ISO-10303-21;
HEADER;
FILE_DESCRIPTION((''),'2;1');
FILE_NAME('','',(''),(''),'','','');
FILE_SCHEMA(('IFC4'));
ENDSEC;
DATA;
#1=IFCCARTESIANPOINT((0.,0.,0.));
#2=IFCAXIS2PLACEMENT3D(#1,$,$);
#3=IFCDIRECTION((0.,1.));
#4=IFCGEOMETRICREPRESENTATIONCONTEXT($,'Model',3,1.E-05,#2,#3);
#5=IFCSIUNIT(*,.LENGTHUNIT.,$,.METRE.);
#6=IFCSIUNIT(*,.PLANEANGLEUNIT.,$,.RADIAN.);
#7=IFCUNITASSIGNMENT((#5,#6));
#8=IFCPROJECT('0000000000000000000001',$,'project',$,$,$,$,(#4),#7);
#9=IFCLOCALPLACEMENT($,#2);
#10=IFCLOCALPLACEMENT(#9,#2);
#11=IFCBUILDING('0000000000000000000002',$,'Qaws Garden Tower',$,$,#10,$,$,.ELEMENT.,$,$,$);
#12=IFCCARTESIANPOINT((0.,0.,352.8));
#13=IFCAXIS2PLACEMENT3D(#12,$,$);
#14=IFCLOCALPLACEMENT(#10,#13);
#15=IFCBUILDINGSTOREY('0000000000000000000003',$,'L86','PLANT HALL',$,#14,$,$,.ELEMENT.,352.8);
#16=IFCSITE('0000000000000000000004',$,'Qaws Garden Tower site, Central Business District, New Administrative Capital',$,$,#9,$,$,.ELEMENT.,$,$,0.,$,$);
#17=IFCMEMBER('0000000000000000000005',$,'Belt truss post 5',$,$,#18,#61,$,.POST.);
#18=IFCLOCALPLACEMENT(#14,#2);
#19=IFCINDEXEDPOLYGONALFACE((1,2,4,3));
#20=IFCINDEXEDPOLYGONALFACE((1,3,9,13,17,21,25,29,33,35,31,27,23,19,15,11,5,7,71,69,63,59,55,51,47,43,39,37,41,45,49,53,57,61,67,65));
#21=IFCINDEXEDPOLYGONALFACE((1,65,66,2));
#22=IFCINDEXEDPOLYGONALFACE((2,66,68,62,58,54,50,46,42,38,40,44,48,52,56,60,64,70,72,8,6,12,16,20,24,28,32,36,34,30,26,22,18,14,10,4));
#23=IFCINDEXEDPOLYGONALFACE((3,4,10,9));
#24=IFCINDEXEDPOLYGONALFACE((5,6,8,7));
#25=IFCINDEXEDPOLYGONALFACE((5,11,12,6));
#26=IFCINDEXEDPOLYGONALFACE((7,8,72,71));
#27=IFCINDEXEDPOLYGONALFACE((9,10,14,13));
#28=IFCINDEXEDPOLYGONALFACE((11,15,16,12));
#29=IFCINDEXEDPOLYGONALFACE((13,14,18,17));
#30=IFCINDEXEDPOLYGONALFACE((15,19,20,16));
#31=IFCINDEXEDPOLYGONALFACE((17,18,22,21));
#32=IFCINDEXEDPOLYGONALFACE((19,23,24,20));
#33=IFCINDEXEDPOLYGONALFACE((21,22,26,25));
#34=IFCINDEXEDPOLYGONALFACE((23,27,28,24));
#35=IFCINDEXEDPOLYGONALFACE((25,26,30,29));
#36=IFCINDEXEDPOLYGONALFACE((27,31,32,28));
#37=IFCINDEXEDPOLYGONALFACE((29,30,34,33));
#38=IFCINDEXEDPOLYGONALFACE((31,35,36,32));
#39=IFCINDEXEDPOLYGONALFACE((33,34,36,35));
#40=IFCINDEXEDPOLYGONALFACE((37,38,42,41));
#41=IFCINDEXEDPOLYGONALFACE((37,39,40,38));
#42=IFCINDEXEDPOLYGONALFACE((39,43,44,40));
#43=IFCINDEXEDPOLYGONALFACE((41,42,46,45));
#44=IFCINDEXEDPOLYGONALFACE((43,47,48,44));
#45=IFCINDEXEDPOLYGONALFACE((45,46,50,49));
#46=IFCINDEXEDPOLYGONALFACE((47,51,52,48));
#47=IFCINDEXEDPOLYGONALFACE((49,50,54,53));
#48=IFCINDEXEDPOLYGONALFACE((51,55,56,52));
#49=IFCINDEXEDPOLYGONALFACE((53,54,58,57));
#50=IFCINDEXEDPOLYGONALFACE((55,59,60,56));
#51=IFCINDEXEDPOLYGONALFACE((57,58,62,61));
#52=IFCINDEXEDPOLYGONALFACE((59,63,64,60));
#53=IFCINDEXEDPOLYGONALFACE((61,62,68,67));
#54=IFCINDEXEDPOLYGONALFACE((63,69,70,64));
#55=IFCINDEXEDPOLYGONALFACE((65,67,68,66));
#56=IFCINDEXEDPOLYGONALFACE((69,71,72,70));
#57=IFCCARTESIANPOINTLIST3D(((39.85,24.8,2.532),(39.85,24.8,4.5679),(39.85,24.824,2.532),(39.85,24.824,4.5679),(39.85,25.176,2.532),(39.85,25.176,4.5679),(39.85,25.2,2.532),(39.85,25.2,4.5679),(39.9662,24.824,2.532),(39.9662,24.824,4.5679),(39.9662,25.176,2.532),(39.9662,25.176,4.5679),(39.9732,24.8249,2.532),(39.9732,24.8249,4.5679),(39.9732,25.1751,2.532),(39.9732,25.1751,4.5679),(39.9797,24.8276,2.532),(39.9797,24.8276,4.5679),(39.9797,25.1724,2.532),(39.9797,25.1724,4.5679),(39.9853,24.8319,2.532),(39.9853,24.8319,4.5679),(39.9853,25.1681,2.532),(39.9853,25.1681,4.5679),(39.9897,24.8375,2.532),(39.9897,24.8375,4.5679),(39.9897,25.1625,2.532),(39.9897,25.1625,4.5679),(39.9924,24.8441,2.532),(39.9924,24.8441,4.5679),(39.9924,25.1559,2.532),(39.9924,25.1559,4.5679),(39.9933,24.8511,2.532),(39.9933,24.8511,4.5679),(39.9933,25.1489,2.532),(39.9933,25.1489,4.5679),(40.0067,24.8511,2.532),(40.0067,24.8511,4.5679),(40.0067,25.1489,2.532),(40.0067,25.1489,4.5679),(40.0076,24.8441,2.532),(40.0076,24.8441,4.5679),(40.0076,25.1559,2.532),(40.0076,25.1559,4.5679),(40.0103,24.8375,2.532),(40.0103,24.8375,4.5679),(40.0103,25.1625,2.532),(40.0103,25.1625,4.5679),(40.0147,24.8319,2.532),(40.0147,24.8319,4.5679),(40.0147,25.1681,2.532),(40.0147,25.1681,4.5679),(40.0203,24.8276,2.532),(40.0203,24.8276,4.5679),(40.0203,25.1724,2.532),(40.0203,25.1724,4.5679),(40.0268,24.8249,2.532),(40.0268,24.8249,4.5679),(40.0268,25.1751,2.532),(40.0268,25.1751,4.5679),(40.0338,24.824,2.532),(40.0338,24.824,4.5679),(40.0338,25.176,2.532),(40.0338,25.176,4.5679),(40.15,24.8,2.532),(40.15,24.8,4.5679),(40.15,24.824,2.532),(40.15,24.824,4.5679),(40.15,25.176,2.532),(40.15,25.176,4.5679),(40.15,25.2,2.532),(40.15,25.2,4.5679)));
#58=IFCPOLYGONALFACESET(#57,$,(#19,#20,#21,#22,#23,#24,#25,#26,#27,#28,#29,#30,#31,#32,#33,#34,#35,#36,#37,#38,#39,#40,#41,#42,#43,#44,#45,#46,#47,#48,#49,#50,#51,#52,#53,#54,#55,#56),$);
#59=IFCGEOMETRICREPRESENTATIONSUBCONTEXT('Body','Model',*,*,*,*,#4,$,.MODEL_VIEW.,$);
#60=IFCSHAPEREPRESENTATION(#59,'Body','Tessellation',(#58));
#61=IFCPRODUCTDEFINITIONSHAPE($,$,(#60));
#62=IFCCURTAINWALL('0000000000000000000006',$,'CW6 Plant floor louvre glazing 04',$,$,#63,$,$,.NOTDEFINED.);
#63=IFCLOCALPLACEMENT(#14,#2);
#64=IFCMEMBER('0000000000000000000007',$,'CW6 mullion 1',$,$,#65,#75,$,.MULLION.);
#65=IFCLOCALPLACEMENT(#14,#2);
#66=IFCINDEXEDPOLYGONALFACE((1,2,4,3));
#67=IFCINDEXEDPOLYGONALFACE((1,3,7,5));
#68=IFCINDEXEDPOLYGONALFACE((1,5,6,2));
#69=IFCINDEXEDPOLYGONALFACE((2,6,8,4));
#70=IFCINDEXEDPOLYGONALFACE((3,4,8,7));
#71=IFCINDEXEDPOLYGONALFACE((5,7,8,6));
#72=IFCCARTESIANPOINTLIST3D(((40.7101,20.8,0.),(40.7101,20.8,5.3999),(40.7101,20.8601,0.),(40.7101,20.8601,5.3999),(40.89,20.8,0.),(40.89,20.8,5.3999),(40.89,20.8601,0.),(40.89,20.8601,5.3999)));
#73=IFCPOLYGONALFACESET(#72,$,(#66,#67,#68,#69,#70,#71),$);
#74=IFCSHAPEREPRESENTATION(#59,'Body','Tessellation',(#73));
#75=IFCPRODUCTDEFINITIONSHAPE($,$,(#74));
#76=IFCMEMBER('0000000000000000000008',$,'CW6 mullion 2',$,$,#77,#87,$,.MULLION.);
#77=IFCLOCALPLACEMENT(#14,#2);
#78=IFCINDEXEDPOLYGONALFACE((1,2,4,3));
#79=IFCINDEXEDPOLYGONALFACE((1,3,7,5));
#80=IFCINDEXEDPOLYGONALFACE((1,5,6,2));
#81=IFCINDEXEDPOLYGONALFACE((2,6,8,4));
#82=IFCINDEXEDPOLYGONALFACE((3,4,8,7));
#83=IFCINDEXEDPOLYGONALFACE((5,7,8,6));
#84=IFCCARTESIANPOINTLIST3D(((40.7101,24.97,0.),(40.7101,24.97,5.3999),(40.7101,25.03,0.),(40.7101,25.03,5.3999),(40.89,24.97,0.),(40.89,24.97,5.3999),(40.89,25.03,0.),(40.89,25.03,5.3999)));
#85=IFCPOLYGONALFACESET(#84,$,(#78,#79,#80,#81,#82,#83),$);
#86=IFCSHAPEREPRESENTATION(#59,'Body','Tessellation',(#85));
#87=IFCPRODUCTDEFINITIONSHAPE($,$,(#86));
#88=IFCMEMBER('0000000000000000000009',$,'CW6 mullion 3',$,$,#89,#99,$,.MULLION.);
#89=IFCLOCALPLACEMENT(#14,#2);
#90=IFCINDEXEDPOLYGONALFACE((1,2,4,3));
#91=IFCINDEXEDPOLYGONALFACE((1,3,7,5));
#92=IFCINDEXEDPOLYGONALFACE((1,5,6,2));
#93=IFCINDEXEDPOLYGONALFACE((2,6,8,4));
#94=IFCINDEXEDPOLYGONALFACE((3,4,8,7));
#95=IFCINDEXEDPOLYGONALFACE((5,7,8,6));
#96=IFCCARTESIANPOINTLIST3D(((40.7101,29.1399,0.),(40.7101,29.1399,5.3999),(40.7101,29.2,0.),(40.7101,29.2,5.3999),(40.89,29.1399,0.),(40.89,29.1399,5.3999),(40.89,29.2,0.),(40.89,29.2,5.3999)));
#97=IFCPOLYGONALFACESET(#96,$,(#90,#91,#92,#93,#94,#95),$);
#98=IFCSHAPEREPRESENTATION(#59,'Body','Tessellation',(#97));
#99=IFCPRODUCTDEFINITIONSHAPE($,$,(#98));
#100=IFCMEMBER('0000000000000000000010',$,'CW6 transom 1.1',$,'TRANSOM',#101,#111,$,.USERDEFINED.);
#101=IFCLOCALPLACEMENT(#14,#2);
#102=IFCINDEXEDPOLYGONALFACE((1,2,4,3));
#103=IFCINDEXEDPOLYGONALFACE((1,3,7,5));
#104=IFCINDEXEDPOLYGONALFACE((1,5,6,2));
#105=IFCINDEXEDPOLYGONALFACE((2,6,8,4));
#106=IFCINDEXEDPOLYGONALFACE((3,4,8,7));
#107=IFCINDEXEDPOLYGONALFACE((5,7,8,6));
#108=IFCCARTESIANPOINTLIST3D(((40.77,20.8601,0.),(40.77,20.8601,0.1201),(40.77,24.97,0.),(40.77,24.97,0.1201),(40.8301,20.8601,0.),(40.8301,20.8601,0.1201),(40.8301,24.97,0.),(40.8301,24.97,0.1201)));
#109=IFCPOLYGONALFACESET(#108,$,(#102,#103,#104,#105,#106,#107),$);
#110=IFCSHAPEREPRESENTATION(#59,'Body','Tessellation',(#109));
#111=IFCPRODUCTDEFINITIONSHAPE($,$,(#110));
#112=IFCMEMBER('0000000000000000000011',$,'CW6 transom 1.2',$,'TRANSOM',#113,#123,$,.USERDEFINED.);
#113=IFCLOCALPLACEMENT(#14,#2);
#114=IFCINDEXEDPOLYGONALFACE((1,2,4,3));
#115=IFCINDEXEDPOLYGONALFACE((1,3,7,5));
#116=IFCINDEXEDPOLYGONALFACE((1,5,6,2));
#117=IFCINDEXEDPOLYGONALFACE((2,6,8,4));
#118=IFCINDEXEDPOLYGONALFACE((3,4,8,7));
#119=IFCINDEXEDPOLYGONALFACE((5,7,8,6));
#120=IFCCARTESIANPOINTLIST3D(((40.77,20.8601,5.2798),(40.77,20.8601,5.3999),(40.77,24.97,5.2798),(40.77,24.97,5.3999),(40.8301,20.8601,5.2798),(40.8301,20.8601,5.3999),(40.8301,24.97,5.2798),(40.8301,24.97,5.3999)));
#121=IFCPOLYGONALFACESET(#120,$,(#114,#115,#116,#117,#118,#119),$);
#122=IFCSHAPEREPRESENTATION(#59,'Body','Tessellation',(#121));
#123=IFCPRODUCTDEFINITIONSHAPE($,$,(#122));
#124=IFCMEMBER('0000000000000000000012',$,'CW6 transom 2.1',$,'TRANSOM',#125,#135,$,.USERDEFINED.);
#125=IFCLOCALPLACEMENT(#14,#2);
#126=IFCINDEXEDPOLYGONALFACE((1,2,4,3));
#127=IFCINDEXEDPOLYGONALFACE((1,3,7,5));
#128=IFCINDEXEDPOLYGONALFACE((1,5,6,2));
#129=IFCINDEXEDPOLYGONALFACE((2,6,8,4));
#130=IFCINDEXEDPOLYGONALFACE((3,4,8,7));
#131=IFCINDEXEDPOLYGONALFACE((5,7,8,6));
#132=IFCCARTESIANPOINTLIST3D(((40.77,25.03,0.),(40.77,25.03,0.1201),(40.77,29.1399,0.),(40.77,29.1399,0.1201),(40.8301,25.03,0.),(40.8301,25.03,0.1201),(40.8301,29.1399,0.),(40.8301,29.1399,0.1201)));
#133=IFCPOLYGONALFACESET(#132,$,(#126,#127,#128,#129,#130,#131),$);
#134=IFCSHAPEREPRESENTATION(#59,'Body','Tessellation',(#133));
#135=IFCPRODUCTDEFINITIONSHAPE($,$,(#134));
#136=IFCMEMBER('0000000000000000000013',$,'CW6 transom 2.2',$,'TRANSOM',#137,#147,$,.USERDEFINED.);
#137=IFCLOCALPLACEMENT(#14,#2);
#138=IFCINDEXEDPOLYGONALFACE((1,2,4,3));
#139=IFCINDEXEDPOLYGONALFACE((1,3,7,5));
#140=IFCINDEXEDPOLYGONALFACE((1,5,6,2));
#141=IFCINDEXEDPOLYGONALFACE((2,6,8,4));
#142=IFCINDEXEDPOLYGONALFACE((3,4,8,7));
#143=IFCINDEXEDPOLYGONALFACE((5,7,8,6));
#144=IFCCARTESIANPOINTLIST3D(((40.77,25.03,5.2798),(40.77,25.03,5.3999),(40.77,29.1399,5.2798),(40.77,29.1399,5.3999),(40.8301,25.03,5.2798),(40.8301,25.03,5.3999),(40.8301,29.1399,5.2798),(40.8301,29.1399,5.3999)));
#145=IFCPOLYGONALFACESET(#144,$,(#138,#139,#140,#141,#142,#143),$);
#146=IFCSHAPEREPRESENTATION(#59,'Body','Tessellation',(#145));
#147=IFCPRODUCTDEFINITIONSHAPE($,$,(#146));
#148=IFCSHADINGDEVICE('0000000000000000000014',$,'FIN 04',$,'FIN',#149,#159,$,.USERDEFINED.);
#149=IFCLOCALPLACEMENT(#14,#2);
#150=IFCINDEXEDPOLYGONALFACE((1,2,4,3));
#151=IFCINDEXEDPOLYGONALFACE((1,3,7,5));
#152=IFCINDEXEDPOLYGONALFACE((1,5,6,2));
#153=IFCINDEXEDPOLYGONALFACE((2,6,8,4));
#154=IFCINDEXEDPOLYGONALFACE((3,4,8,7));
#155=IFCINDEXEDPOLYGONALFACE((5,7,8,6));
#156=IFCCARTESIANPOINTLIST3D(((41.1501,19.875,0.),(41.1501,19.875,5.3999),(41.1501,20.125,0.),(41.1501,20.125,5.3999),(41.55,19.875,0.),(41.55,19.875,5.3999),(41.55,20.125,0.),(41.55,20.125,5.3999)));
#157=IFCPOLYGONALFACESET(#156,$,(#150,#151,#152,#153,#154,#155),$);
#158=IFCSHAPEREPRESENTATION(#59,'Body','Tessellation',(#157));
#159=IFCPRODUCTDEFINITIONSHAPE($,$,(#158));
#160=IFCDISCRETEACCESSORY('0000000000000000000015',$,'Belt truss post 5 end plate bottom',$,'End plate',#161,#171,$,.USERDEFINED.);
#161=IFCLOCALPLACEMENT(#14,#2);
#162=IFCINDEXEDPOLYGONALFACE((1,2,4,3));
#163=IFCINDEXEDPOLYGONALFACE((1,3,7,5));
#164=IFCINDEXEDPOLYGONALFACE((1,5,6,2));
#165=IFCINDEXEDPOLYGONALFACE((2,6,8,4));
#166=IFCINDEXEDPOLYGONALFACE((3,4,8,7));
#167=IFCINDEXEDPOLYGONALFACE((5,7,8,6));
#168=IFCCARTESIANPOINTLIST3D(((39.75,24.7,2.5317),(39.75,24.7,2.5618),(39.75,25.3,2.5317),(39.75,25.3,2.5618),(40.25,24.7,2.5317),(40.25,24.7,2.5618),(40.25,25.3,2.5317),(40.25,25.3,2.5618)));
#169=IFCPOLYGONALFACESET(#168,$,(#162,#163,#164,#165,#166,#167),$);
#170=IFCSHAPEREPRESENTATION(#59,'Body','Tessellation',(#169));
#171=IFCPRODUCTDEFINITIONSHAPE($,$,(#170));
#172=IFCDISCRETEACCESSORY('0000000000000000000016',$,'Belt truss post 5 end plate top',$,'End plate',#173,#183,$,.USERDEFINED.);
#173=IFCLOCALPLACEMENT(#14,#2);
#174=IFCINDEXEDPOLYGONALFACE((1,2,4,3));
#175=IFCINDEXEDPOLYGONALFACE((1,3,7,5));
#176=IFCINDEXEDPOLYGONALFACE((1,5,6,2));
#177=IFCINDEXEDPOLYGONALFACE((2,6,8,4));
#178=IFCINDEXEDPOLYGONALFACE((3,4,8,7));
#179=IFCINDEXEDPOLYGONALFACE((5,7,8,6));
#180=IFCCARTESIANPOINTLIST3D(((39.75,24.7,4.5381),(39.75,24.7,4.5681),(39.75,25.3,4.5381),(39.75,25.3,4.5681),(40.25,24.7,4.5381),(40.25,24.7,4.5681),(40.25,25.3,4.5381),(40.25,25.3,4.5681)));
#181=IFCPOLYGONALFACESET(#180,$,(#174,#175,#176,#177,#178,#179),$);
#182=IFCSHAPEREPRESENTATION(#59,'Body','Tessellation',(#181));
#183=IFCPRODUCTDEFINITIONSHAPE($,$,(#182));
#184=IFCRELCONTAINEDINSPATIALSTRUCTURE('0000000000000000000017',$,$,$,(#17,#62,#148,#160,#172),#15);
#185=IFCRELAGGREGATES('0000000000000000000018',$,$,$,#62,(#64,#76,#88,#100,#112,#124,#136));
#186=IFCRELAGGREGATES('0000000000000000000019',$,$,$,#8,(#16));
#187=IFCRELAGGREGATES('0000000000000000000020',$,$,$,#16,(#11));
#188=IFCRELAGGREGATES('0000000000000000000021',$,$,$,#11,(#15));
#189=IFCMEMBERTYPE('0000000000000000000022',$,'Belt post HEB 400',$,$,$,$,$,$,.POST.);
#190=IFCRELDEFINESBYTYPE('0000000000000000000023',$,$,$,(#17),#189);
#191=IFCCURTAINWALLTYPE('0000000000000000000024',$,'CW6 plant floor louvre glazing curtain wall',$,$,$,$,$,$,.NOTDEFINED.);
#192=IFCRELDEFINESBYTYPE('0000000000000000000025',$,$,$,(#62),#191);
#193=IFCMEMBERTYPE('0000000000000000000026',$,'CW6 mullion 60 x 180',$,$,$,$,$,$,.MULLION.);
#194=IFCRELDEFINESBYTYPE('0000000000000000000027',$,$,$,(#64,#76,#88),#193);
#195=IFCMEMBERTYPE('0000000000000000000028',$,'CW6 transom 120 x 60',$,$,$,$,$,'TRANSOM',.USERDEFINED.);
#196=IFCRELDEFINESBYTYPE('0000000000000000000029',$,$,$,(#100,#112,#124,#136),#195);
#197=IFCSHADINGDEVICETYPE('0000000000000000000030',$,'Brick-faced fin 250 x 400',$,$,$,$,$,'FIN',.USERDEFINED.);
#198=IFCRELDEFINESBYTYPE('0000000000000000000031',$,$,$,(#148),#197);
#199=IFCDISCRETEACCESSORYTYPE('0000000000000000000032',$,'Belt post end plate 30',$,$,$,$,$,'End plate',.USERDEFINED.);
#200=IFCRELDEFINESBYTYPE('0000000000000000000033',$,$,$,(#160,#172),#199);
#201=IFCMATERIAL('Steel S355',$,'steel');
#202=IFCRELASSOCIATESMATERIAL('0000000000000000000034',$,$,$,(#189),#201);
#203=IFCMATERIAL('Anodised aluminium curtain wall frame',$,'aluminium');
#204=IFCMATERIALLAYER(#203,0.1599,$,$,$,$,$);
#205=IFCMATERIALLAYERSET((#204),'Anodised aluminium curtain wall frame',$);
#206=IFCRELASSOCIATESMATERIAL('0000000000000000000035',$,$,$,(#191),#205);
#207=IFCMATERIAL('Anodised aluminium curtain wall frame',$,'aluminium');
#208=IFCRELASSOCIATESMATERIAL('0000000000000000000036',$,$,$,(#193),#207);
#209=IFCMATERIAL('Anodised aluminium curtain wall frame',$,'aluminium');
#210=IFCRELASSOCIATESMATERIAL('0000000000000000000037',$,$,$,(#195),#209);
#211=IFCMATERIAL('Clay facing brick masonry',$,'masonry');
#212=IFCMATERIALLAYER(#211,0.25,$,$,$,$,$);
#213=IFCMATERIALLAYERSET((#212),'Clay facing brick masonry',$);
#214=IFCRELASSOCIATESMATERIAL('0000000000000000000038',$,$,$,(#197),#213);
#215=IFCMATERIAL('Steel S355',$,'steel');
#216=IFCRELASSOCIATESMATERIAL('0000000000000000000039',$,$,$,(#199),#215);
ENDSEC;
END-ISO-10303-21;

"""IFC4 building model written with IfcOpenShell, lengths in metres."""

from ifc_helpers import new_model, si_unit, direction, frame, origin, origin_2d, place, context, subcontext, project, spatial, rectangle, i_section, extrude, material, layer, layer_set, material_profile, profile_set, type_object, element, aggregate, save


model = new_model("IFC4")

# Units and contexts
model_context = context("Model", 3, precision=1e-05, world=origin(), true_north=direction((0.0, 1.0)))
body_context = subcontext(model_context, "Body", "Model", "MODEL_VIEW")
ifc_project = project(units=[si_unit("LENGTHUNIT", "METRE"), si_unit("PLANEANGLEUNIT", "RADIAN")], contexts=[model_context])

# Site, building, storey
site_placement = place(None, origin())
site = spatial("IfcSite", under=ifc_project, at=site_placement, Name="Qaws Garden Tower site, Central Business District, New Administrative Capital", CompositionType="ELEMENT", RefElevation=0.0)
building_placement = place(site_placement, origin())
building = spatial("IfcBuilding", under=site, at=building_placement, Name="Qaws Garden Tower", CompositionType="ELEMENT")
storey_placement = place(building_placement, frame((0.0, 0.0, 352.8)))
storey = spatial("IfcBuildingStorey", under=building, at=storey_placement, Name="L86", Description="PLANT HALL", CompositionType="ELEMENT", Elevation=352.8)

# Member
ifc_material_1 = material(Name="Steel S355", Category="steel")
ifc_material_profile_1 = material_profile(ifc_material_1, i_section(OverallWidth=0.3, OverallDepth=0.3999, WebThickness=0.0134, FlangeThickness=0.0239, FilletRadius=0.0271, at=origin_2d()), Name="HEB 400")
ifc_profile_set_1 = profile_set([ifc_material_profile_1], Name="Steel S355")
member_type_1 = type_object("IfcMemberType", Name="Belt post HEB 400", PredefinedType="POST", material=ifc_profile_set_1)
member_1_placement = place(storey_placement, frame((40.0, 25.0, 2.532), z_axis=(0.0, 0.0, 1.0), x_axis=(1.0, 0.0, 0.0)))
element("IfcMember", 1, at=member_1_placement, inside=storey, type_object=member_type_1, Name="Belt truss post 5", PredefinedType="POST", context=body_context, shape_type="SweptSolid", body=[
    extrude(i_section(OverallWidth=0.3, OverallDepth=0.3999, WebThickness=0.0134, FlangeThickness=0.0239, FilletRadius=0.0271, at=origin_2d()), origin(), (0.0, 0.0, 1.0), 2.0359),
])

# Curtain wall, members
ifc_material_2 = material(Name="Anodised aluminium curtain wall frame", Category="aluminium")
ifc_layer_1 = layer(ifc_material_2, 0.1599)
ifc_layer_set_1 = layer_set([ifc_layer_1], Name="Anodised aluminium curtain wall frame")
curtain_wall_type = type_object("IfcCurtainWallType", Name="CW6 plant floor louvre glazing curtain wall", PredefinedType="NOTDEFINED", material=ifc_layer_set_1)
placement_1 = place(storey_placement, origin())
curtain_wall_1 = element("IfcCurtainWall", 2, at=placement_1, inside=storey, type_object=curtain_wall_type, Name="CW6 Plant floor louvre glazing 04", PredefinedType="NOTDEFINED")
ifc_material_3 = material(Name="Anodised aluminium curtain wall frame", Category="aluminium")
ifc_material_profile_2 = material_profile(ifc_material_3, rectangle(XDim=0.1799, YDim=0.0601, at=origin_2d()), Name="AL 60x180")
ifc_profile_set_2 = profile_set([ifc_material_profile_2], Name="Anodised aluminium curtain wall frame")
member_type_2 = type_object("IfcMemberType", Name="CW6 mullion 60 x 180", PredefinedType="MULLION", material=ifc_profile_set_2)
member_2_placement = place(storey_placement, frame((40.8, 20.8301, 0.0), z_axis=(0.0, 0.0, 1.0), x_axis=(-1.0, 0.0, 0.0)))
member_2 = element("IfcMember", 3, at=member_2_placement, type_object=member_type_2, Name="CW6 mullion 1", PredefinedType="MULLION", context=body_context, shape_type="SweptSolid", body=[
    extrude(rectangle(XDim=0.1799, YDim=0.0601, at=origin_2d()), origin(), (0.0, 0.0, 1.0), 5.3999),
])
member_3_placement = place(storey_placement, frame((40.8, 25.0, 0.0), z_axis=(0.0, 0.0, 1.0), x_axis=(-1.0, 0.0, 0.0)))
member_3 = element("IfcMember", 4, at=member_3_placement, type_object=member_type_2, Name="CW6 mullion 2", PredefinedType="MULLION", context=body_context, shape_type="SweptSolid", body=[
    extrude(rectangle(XDim=0.1799, YDim=0.0601, at=origin_2d()), origin(), (0.0, 0.0, 1.0), 5.3999),
])
member_4_placement = place(storey_placement, frame((40.8, 29.1699, 0.0), z_axis=(0.0, 0.0, 1.0), x_axis=(-1.0, 0.0, 0.0)))
member_4 = element("IfcMember", 5, at=member_4_placement, type_object=member_type_2, Name="CW6 mullion 3", PredefinedType="MULLION", context=body_context, shape_type="SweptSolid", body=[
    extrude(rectangle(XDim=0.1799, YDim=0.0601, at=origin_2d()), origin(), (0.0, 0.0, 1.0), 5.3999),
])
ifc_material_4 = material(Name="Anodised aluminium curtain wall frame", Category="aluminium")
ifc_material_profile_3 = material_profile(ifc_material_4, rectangle(XDim=0.0601, YDim=0.1201, at=origin_2d()), Name="AL 60x120")
ifc_profile_set_3 = profile_set([ifc_material_profile_3], Name="Anodised aluminium curtain wall frame")
member_type_3 = type_object("IfcMemberType", Name="CW6 transom 120 x 60", ElementType="TRANSOM", PredefinedType="USERDEFINED", material=ifc_profile_set_3)
member_5_placement = place(storey_placement, frame((40.8, 20.8601, 0.0601), z_axis=(0.0, 1.0, 0.0), x_axis=(-1.0, 0.0, 0.0)))
member_5 = element("IfcMember", 6, at=member_5_placement, type_object=member_type_3, Name="CW6 transom 1.1", ObjectType="TRANSOM", PredefinedType="USERDEFINED", context=body_context, shape_type="SweptSolid", body=[
    extrude(rectangle(XDim=0.0601, YDim=0.1201, at=origin_2d()), origin(), (0.0, 0.0, 1.0), 4.1099),
])
member_6_placement = place(storey_placement, frame((40.8, 20.8601, 5.3398), z_axis=(0.0, 1.0, 0.0), x_axis=(-1.0, 0.0, 0.0)))
member_6 = element("IfcMember", 7, at=member_6_placement, type_object=member_type_3, Name="CW6 transom 1.2", ObjectType="TRANSOM", PredefinedType="USERDEFINED", context=body_context, shape_type="SweptSolid", body=[
    extrude(rectangle(XDim=0.0601, YDim=0.1201, at=origin_2d()), origin(), (0.0, 0.0, 1.0), 4.1099),
])
member_7_placement = place(storey_placement, frame((40.8, 25.03, 0.0601), z_axis=(0.0, 1.0, 0.0), x_axis=(-1.0, 0.0, 0.0)))
member_7 = element("IfcMember", 8, at=member_7_placement, type_object=member_type_3, Name="CW6 transom 2.1", ObjectType="TRANSOM", PredefinedType="USERDEFINED", context=body_context, shape_type="SweptSolid", body=[
    extrude(rectangle(XDim=0.0601, YDim=0.1201, at=origin_2d()), origin(), (0.0, 0.0, 1.0), 4.1099),
])
member_8_placement = place(storey_placement, frame((40.8, 25.03, 5.3398), z_axis=(0.0, 1.0, 0.0), x_axis=(-1.0, 0.0, 0.0)))
member_8 = element("IfcMember", 9, at=member_8_placement, type_object=member_type_3, Name="CW6 transom 2.2", ObjectType="TRANSOM", PredefinedType="USERDEFINED", context=body_context, shape_type="SweptSolid", body=[
    extrude(rectangle(XDim=0.0601, YDim=0.1201, at=origin_2d()), origin(), (0.0, 0.0, 1.0), 4.1099),
])

aggregate(curtain_wall_1, [member_2, member_3, member_4, member_5, member_6, member_7, member_8])

# Shading device
ifc_material_5 = material(Name="Clay facing brick masonry", Category="masonry")
ifc_layer_2 = layer(ifc_material_5, 0.25)
ifc_layer_set_2 = layer_set([ifc_layer_2], Name="Clay facing brick masonry")
shading_device_type = type_object("IfcShadingDeviceType", Name="Brick-faced fin 250 x 400", ElementType="FIN", PredefinedType="USERDEFINED", material=ifc_layer_set_2)
shading_device_placement = place(storey_placement, frame((41.3501, 20.0, 0.0), z_axis=(0.0, 0.0, 1.0), x_axis=(0.0, 1.0, 0.0)))
element("IfcShadingDevice", 10, at=shading_device_placement, inside=storey, type_object=shading_device_type, Name="FIN 04", ObjectType="FIN", PredefinedType="USERDEFINED", context=body_context, shape_type="SweptSolid", body=[
    extrude(rectangle(XDim=0.25, YDim=0.3999, at=origin_2d()), origin(), (0.0, 0.0, 1.0), 5.3999),
])

# Discrete accessories
ifc_material_6 = material(Name="Steel S355", Category="steel")
discrete_accessory_type = type_object("IfcDiscreteAccessoryType", Name="Belt post end plate 30", ElementType="End plate", PredefinedType="USERDEFINED", material=ifc_material_6)
for number, where, z_axis, x_axis, name in (
    (11, (40.0, 25.0, 2.5317), (0.0, 0.0, 1.0), (1.0, 0.0, 0.0), "Belt truss post 5 end plate bottom"),
    (12, (40.0, 25.0, 4.5381), (0.0, 0.0, 1.0), (1.0, 0.0, 0.0), "Belt truss post 5 end plate top"),
):
    element("IfcDiscreteAccessory", number, at=place(storey_placement, frame(where, z_axis=z_axis, x_axis=x_axis)), inside=storey, type_object=discrete_accessory_type, Name=name, ObjectType="End plate", PredefinedType="USERDEFINED", context=body_context, shape_type="SweptSolid", body=[
        extrude(rectangle(XDim=0.5, YDim=0.6001, at=origin_2d()), origin(), (0.0, 0.0, 1.0), 0.03),
    ])

save(model, "model.ifc")
